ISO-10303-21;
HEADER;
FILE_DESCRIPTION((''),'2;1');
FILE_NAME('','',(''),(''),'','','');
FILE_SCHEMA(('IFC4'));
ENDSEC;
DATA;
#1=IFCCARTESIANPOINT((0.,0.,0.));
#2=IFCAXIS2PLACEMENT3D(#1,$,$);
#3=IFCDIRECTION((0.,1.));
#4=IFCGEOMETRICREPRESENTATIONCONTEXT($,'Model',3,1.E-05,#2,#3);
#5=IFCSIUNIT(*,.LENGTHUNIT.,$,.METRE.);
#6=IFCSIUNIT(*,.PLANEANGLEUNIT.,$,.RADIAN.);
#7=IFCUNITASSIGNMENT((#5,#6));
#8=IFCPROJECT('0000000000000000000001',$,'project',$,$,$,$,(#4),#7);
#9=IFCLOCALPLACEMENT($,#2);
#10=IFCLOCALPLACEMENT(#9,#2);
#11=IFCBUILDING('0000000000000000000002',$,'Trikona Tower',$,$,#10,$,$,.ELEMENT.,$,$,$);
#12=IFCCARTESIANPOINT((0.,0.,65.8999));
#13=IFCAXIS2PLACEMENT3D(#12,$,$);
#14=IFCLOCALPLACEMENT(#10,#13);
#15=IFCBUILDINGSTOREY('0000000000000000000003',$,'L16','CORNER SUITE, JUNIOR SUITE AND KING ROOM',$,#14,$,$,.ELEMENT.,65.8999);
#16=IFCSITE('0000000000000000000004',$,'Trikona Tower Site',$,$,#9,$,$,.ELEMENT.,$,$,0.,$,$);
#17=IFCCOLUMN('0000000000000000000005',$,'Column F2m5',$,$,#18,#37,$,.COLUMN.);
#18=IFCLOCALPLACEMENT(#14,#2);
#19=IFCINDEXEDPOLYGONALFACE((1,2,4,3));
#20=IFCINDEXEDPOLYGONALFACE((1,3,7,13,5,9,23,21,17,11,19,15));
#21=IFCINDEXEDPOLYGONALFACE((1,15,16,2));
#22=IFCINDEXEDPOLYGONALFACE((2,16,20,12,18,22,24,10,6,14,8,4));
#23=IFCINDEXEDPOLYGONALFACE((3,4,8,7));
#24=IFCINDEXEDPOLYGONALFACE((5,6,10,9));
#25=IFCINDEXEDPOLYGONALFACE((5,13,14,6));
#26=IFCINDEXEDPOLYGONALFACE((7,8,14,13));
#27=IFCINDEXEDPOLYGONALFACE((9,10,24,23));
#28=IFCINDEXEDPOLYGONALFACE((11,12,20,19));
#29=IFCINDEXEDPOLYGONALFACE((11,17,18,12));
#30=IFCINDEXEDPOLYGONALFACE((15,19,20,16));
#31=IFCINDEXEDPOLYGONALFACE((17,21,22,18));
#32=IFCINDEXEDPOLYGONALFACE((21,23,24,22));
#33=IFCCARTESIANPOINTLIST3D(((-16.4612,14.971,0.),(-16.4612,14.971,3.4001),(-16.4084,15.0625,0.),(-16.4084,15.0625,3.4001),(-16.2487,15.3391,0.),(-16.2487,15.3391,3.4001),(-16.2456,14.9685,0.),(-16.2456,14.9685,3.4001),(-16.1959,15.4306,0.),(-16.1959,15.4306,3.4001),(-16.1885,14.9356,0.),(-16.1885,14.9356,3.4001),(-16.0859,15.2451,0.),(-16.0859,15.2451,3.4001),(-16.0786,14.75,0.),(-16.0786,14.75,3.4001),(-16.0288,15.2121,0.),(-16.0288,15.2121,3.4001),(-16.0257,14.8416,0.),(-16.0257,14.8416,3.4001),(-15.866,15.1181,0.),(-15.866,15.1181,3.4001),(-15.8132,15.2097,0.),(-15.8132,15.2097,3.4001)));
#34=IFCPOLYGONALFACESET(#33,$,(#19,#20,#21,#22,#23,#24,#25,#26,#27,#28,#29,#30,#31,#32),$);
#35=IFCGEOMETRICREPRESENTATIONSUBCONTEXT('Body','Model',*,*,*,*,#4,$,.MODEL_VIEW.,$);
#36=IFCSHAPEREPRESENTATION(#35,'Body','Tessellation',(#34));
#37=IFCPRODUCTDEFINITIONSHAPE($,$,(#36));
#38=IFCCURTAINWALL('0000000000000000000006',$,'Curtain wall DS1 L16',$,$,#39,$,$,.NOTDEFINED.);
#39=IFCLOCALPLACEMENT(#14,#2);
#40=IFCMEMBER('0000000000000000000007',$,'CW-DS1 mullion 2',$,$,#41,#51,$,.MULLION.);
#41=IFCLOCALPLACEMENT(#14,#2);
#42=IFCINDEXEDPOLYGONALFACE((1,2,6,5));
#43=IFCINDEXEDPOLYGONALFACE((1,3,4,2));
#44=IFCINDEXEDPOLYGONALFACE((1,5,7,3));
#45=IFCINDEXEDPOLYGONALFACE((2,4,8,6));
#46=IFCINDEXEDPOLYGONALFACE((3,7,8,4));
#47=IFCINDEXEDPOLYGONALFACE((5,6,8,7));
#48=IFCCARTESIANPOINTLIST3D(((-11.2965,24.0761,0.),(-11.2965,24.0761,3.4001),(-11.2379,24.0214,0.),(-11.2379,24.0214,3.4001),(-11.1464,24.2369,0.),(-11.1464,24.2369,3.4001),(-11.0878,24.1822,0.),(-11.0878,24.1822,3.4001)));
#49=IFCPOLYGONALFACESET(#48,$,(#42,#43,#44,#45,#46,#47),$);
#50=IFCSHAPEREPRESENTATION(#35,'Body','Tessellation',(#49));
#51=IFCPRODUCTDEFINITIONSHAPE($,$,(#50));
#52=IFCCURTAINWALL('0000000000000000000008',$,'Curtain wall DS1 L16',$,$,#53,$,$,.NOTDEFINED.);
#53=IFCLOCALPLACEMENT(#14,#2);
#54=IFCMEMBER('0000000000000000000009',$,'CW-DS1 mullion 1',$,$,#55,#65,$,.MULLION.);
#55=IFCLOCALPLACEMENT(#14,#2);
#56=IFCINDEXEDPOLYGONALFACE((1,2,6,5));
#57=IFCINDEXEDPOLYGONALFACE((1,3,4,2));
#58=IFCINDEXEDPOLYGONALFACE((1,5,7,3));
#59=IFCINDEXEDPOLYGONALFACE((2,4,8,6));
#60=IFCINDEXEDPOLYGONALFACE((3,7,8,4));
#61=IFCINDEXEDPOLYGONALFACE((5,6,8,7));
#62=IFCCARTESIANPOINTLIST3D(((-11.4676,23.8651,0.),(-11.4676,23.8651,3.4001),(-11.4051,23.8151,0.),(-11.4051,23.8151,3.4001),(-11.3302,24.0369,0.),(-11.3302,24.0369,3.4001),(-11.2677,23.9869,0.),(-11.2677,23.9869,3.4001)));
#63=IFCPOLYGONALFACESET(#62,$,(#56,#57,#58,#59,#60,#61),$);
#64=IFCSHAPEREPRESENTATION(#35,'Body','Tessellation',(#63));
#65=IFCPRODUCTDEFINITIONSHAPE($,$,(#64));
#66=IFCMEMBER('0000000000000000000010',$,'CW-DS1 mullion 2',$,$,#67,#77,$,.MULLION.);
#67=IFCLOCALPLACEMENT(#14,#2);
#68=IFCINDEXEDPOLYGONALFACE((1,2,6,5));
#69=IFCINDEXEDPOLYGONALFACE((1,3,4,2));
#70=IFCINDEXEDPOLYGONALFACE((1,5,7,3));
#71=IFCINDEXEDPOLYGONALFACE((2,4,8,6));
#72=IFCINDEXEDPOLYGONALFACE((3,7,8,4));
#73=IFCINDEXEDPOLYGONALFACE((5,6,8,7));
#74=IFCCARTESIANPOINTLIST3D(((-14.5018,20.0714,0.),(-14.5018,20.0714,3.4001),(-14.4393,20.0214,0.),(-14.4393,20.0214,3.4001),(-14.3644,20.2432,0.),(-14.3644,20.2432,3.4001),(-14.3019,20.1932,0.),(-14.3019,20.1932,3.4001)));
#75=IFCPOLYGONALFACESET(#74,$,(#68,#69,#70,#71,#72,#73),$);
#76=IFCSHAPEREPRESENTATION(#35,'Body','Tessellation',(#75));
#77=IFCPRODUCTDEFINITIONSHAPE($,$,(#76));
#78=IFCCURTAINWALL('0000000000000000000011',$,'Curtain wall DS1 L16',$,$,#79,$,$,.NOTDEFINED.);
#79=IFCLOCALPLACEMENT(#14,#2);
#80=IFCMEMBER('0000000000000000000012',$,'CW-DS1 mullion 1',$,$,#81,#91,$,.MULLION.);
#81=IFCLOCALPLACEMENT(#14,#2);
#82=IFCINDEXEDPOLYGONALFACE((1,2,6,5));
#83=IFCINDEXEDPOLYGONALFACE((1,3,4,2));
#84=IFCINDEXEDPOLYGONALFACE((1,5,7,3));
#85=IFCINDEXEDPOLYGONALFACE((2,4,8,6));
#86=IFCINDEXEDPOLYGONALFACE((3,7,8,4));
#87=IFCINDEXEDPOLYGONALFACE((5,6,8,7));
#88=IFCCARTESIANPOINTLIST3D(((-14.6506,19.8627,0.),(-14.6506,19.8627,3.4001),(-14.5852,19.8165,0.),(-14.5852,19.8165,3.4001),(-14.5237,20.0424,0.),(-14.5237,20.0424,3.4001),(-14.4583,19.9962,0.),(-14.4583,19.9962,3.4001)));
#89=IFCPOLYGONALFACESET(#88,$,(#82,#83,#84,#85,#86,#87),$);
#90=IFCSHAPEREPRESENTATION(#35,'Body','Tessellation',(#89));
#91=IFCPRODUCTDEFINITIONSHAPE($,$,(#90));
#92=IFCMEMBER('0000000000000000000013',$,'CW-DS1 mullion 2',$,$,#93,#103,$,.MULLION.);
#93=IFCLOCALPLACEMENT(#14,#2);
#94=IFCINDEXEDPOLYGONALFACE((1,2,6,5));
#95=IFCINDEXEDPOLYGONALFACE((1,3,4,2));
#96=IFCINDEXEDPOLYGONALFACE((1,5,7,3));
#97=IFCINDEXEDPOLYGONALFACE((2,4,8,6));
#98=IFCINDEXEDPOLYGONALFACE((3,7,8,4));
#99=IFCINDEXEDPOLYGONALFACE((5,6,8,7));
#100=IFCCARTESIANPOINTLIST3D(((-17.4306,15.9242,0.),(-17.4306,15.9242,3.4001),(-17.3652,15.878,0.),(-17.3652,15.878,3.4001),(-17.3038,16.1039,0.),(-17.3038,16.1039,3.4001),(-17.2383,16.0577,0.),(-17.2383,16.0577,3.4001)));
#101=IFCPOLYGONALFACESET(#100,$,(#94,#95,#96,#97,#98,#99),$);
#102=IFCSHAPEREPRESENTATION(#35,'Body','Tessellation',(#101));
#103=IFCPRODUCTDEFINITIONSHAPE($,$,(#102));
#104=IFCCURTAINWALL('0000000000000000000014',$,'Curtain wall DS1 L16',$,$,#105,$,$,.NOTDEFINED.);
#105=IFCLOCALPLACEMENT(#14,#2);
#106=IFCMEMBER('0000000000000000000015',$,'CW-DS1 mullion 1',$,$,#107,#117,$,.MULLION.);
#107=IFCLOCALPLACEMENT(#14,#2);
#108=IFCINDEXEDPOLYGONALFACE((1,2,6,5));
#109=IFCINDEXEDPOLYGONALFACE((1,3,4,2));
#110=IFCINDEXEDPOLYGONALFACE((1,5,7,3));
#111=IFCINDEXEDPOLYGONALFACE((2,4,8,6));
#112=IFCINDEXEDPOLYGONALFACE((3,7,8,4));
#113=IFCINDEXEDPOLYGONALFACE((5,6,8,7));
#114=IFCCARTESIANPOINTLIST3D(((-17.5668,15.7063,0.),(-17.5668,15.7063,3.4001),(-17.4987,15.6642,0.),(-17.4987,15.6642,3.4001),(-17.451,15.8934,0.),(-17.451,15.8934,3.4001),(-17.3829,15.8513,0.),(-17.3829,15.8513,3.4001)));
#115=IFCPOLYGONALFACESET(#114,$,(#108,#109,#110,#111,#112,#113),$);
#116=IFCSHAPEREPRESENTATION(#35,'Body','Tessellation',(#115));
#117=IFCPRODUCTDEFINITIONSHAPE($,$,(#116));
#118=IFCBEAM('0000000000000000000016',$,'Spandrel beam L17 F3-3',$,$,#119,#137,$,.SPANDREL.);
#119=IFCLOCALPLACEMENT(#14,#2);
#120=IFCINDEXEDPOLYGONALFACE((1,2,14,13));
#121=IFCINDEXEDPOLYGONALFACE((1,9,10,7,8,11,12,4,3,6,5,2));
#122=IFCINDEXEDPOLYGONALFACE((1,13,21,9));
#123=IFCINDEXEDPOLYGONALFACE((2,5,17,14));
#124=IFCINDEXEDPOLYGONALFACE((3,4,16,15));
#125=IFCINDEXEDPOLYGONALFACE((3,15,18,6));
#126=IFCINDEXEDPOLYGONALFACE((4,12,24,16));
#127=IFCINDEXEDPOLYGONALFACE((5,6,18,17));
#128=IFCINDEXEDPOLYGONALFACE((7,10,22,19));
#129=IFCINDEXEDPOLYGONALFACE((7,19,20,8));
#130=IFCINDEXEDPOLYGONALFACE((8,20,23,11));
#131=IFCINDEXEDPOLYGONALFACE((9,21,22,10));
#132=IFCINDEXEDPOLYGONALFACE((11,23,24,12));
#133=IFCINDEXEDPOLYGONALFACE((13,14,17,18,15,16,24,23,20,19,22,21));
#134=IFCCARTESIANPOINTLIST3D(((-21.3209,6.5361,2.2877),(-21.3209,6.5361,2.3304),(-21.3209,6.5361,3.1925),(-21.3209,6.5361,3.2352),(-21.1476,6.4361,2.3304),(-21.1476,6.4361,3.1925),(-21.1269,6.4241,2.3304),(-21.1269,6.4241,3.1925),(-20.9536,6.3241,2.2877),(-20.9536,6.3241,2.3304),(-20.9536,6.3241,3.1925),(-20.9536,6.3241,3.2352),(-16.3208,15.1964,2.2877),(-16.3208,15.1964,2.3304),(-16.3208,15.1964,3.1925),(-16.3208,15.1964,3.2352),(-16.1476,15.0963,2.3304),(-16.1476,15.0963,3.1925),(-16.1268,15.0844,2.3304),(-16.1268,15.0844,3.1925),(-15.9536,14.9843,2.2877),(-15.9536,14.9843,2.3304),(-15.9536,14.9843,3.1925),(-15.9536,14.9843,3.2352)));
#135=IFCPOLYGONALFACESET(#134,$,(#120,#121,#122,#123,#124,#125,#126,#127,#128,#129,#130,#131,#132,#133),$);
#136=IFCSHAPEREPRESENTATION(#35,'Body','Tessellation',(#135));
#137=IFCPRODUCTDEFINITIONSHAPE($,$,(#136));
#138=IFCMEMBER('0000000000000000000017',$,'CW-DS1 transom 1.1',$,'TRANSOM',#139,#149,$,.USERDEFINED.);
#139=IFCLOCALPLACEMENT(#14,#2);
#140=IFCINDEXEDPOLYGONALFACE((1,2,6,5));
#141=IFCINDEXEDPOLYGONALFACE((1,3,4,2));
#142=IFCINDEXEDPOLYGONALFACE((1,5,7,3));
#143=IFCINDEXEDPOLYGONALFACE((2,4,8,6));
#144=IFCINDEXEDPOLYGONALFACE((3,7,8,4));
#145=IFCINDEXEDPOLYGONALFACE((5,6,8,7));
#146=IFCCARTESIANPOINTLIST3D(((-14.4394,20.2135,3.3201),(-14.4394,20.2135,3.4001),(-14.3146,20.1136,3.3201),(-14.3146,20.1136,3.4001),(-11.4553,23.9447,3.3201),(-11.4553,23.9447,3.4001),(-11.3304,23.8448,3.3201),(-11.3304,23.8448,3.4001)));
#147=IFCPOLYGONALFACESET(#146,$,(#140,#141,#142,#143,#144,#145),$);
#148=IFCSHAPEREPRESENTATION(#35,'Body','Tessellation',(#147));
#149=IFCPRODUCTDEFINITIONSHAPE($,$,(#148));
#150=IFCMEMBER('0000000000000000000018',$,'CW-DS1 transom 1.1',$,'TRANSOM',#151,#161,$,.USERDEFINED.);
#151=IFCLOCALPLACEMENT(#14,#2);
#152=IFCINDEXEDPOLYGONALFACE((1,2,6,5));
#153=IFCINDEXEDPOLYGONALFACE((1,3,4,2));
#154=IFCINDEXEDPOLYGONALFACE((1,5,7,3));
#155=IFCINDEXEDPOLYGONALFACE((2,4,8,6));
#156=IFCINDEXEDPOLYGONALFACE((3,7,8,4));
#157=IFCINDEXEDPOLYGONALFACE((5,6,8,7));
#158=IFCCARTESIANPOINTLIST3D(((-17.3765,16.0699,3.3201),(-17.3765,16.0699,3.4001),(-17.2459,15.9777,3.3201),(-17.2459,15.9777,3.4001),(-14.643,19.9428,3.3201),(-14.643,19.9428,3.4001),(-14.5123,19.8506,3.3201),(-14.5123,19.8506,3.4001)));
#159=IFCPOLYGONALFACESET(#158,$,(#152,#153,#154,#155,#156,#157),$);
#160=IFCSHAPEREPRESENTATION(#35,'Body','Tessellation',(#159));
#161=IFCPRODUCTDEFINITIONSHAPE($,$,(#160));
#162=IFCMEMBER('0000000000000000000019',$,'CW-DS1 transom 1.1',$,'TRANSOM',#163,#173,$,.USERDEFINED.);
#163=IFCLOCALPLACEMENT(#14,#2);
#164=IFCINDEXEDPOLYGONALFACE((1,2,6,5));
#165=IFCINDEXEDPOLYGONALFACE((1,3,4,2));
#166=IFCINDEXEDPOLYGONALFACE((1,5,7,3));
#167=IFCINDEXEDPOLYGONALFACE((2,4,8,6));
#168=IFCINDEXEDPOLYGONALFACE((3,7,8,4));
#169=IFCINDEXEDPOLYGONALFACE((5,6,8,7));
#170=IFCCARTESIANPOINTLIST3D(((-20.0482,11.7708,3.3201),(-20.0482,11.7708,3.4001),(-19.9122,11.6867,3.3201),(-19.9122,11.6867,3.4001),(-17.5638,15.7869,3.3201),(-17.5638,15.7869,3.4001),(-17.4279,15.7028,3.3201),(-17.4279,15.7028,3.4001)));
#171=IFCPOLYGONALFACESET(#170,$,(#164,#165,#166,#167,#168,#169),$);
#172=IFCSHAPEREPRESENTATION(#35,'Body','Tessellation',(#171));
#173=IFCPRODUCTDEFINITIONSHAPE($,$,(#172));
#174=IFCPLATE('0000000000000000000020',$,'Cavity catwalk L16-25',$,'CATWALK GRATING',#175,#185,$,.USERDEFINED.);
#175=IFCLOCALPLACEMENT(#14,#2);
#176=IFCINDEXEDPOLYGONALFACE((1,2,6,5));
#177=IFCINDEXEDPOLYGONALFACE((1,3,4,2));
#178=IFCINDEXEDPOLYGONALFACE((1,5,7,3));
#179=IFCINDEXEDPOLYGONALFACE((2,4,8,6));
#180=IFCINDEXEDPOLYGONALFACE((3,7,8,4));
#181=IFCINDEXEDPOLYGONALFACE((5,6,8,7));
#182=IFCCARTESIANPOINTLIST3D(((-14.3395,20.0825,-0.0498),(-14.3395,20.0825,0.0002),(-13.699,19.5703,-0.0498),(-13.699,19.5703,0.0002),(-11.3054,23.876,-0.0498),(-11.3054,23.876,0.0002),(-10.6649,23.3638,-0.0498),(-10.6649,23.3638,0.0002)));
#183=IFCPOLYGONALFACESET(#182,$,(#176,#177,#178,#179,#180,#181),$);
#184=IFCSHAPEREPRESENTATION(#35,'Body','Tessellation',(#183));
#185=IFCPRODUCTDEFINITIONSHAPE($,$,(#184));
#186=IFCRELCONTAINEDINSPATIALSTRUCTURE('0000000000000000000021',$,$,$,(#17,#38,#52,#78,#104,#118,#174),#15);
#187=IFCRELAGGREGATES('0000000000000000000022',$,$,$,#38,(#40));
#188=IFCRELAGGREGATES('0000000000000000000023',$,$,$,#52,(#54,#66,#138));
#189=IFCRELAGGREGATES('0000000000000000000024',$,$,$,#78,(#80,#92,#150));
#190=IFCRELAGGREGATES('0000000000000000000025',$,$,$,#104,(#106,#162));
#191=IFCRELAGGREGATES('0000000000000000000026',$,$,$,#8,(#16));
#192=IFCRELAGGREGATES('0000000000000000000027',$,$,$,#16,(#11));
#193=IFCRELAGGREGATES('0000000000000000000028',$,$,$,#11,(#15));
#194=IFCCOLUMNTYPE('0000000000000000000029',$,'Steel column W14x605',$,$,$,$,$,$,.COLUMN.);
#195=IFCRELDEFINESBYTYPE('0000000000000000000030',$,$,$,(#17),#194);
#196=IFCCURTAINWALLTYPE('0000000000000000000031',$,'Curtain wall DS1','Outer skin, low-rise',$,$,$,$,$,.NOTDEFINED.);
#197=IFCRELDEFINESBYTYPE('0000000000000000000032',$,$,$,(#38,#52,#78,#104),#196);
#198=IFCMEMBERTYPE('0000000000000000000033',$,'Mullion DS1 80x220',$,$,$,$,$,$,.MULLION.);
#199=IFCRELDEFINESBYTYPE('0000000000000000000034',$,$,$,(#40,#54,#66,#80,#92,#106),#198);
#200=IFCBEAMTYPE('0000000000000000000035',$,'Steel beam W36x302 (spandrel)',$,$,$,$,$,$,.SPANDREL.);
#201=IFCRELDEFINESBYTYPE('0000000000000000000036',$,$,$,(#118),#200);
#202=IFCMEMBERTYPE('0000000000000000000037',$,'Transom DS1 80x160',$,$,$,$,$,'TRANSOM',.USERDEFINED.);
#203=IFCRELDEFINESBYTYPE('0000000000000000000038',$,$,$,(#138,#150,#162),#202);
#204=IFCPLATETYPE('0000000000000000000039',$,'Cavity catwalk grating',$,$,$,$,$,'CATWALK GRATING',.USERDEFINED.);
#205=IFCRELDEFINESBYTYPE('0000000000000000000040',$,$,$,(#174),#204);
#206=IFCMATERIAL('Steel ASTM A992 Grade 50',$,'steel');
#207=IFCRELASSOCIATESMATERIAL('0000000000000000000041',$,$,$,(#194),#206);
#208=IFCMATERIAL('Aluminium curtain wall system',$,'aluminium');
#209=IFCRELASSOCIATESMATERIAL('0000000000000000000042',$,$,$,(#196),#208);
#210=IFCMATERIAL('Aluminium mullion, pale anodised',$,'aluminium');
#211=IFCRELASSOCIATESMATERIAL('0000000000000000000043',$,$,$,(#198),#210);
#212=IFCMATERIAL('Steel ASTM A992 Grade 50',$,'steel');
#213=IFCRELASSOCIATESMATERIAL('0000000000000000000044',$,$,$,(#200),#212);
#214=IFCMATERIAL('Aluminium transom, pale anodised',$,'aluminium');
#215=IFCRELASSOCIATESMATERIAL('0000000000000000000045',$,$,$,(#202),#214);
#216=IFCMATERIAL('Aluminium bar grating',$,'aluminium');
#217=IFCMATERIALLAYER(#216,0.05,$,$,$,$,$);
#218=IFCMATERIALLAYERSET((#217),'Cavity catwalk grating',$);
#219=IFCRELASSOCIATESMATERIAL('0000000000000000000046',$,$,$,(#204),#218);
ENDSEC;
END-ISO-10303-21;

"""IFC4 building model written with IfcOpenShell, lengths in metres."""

from ifc_helpers import new_model, si_unit, direction, frame, origin, origin_2d, place, context, subcontext, project, spatial, rectangle, i_section, extrude, material, layer, layer_set, material_profile, profile_set, type_object, element, aggregate, save


model = new_model("IFC4")

# Units and contexts
model_context = context("Model", 3, precision=1e-05, world=origin(), true_north=direction((0.0, 1.0)))
body_context = subcontext(model_context, "Body", "Model", "MODEL_VIEW")
ifc_project = project(units=[si_unit("LENGTHUNIT", "METRE"), si_unit("PLANEANGLEUNIT", "RADIAN")], contexts=[model_context])

# Site, building, storey
site_placement = place(None, origin())
site = spatial("IfcSite", under=ifc_project, at=site_placement, Name="Trikona Tower Site", CompositionType="ELEMENT", RefElevation=0.0)
building_placement = place(site_placement, origin())
building = spatial("IfcBuilding", under=site, at=building_placement, Name="Trikona Tower", CompositionType="ELEMENT")
storey_placement = place(building_placement, frame((0.0, 0.0, 65.8999)))
storey = spatial("IfcBuildingStorey", under=building, at=storey_placement, Name="L16", Description="CORNER SUITE, JUNIOR SUITE AND KING ROOM", CompositionType="ELEMENT", Elevation=65.8999)

# Column
ifc_material_1 = material(Name="Steel ASTM A992 Grade 50", Category="steel")
ifc_material_profile_1 = material_profile(ifc_material_1, i_section(OverallWidth=0.4419, OverallDepth=0.5308, WebThickness=0.0659, FlangeThickness=0.1057, at=origin_2d()), Name="W14X605")
ifc_profile_set_1 = profile_set([ifc_material_profile_1], Name="Steel ASTM A992 Grade 50")
column_type = type_object("IfcColumnType", Name="Steel column W14x605", PredefinedType="COLUMN", material=ifc_profile_set_1)
column_placement = place(storey_placement, frame((-16.1372, 15.0903, 0.0), z_axis=(0.0, 0.0, 1.0), x_axis=(-0.866025, 0.5, 0.0)))
element("IfcColumn", 1, at=column_placement, inside=storey, type_object=column_type, Name="Column F2m5", PredefinedType="COLUMN", context=body_context, shape_type="SweptSolid", body=[
    extrude(i_section(OverallWidth=0.4419, OverallDepth=0.5308, WebThickness=0.0659, FlangeThickness=0.1057, at=origin_2d()), origin(), (0.0, 0.0, 1.0), 3.4001),
])

# Curtain wall, member
ifc_material_2 = material(Name="Aluminium curtain wall system", Category="aluminium")
curtain_wall_type = type_object("IfcCurtainWallType", Name="Curtain wall DS1", Description="Outer skin, low-rise", PredefinedType="NOTDEFINED", material=ifc_material_2)
curtain_wall_1_placement = place(storey_placement, origin())
curtain_wall_1 = element("IfcCurtainWall", 2, at=curtain_wall_1_placement, inside=storey, type_object=curtain_wall_type, Name="Curtain wall DS1 L16", PredefinedType="NOTDEFINED")
ifc_material_3 = material(Name="Aluminium mullion, pale anodised", Category="aluminium")
ifc_material_profile_2 = material_profile(ifc_material_3, rectangle(XDim=0.0801, YDim=0.22, at=origin_2d()), Name="MUL-DS1")
ifc_profile_set_2 = profile_set([ifc_material_profile_2], Name="Aluminium mullion, pale anodised")
member_type_1 = type_object("IfcMemberType", Name="Mullion DS1 80x220", PredefinedType="MULLION", material=ifc_profile_set_2)
member_1_placement = place(storey_placement, frame((-11.1921, 24.1292, 0.0), z_axis=(0.0, 0.0, 1.0), x_axis=(0.731077, -0.682295, 0.0)))
member_1 = element("IfcMember", 3, at=member_1_placement, type_object=member_type_1, Name="CW-DS1 mullion 2", PredefinedType="MULLION", context=body_context, shape_type="SweptSolid", body=[
    extrude(rectangle(XDim=0.0801, YDim=0.22, at=origin_2d()), origin(), (0.0, 0.0, 1.0), 3.4001),
])
aggregate(curtain_wall_1, [member_1])

# Curtain walls, members
curtain_wall_2_placement = place(storey_placement, origin())
curtain_wall_2 = element("IfcCurtainWall", 4, at=curtain_wall_2_placement, inside=storey, type_object=curtain_wall_type, Name="Curtain wall DS1 L16", PredefinedType="NOTDEFINED")
member_2_placement = place(storey_placement, frame((-11.3677, 23.926, 0.0), z_axis=(0.0, 0.0, 1.0), x_axis=(0.780938, -0.624609, 0.0)))
member_2 = element("IfcMember", 5, at=member_2_placement, type_object=member_type_1, Name="CW-DS1 mullion 1", PredefinedType="MULLION", context=body_context, shape_type="SweptSolid", body=[
    extrude(rectangle(XDim=0.0801, YDim=0.22, at=origin_2d()), origin(), (0.0, 0.0, 1.0), 3.4001),
])
member_3_placement = place(storey_placement, frame((-14.4019, 20.1323, 0.0), z_axis=(0.0, 0.0, 1.0), x_axis=(0.780938, -0.624609, 0.0)))
member_3 = element("IfcMember", 6, at=member_3_placement, type_object=member_type_1, Name="CW-DS1 mullion 2", PredefinedType="MULLION", context=body_context, shape_type="SweptSolid", body=[
    extrude(rectangle(XDim=0.0801, YDim=0.22, at=origin_2d()), origin(), (0.0, 0.0, 1.0), 3.4001),
])
curtain_wall_3_placement = place(storey_placement, origin())
curtain_wall_3 = element("IfcCurtainWall", 7, at=curtain_wall_3_placement, inside=storey, type_object=curtain_wall_type, Name="Curtain wall DS1 L16", PredefinedType="NOTDEFINED")
member_4_placement = place(storey_placement, frame((-14.5544, 19.9294, 0.0), z_axis=(0.0, 0.0, 1.0), x_axis=(0.816985, -0.576658, 0.0)))
member_4 = element("IfcMember", 8, at=member_4_placement, type_object=member_type_1, Name="CW-DS1 mullion 1", PredefinedType="MULLION", context=body_context, shape_type="SweptSolid", body=[
    extrude(rectangle(XDim=0.0801, YDim=0.22, at=origin_2d()), origin(), (0.0, 0.0, 1.0), 3.4001),
])
member_5_placement = place(storey_placement, frame((-17.3345, 15.991, 0.0), z_axis=(0.0, 0.0, 1.0), x_axis=(0.816985, -0.576658, 0.0)))
member_5 = element("IfcMember", 9, at=member_5_placement, type_object=member_type_1, Name="CW-DS1 mullion 2", PredefinedType="MULLION", context=body_context, shape_type="SweptSolid", body=[
    extrude(rectangle(XDim=0.0801, YDim=0.22, at=origin_2d()), origin(), (0.0, 0.0, 1.0), 3.4001),
])

# Curtain wall, member
curtain_wall_4_placement = place(storey_placement, origin())
curtain_wall_4 = element("IfcCurtainWall", 10, at=curtain_wall_4_placement, inside=storey, type_object=curtain_wall_type, Name="Curtain wall DS1 L16", PredefinedType="NOTDEFINED")
member_6_placement = place(storey_placement, frame((-17.4749, 15.7788, 0.0), z_axis=(0.0, 0.0, 1.0), x_axis=(0.85041, -0.52612, 0.0)))
member_6 = element("IfcMember", 11, at=member_6_placement, type_object=member_type_1, Name="CW-DS1 mullion 1", PredefinedType="MULLION", context=body_context, shape_type="SweptSolid", body=[
    extrude(rectangle(XDim=0.0801, YDim=0.22, at=origin_2d()), origin(), (0.0, 0.0, 1.0), 3.4001),
])

# Beam
ifc_material_4 = material(Name="Steel ASTM A992 Grade 50", Category="steel")
ifc_material_profile_3 = material_profile(ifc_material_4, i_section(OverallWidth=0.4241, OverallDepth=0.9475, WebThickness=0.0239, FlangeThickness=0.0427, at=origin_2d()), Name="W36X302")
ifc_profile_set_3 = profile_set([ifc_material_profile_3], Name="Steel ASTM A992 Grade 50")
beam_type = type_object("IfcBeamType", Name="Steel beam W36x302 (spandrel)", PredefinedType="SPANDREL", material=ifc_profile_set_3)
beam_placement = place(storey_placement, frame((-16.1372, 15.0903, 2.7615), z_axis=(-0.500004, -0.866023, 0.0), x_axis=(0.866023, -0.500004, 0.0)))
element("IfcBeam", 12, at=beam_placement, inside=storey, type_object=beam_type, Name="Spandrel beam L17 F3-3", PredefinedType="SPANDREL", context=body_context, shape_type="SweptSolid", body=[
    extrude(i_section(OverallWidth=0.4241, OverallDepth=0.9475, WebThickness=0.0239, FlangeThickness=0.0427, at=origin_2d()), origin(), (0.0, 0.0, 1.0), 10.0),
])

# Members
ifc_material_5 = material(Name="Aluminium transom, pale anodised", Category="aluminium")
ifc_material_profile_4 = material_profile(ifc_material_5, rectangle(XDim=0.1599, YDim=0.0801, at=origin_2d()), Name="TRN-DS1")
ifc_profile_set_4 = profile_set([ifc_material_profile_4], Name="Aluminium transom, pale anodised")
member_type_2 = type_object("IfcMemberType", Name="Transom DS1 80x160", ElementType="TRANSOM", PredefinedType="USERDEFINED", material=ifc_profile_set_4)
member_7_placement = place(storey_placement, frame((-11.3928, 23.8948, 3.3601), z_axis=(-0.624589, -0.780954, 0.0), x_axis=(0.780954, -0.624589, 0.0)))
member_7 = element("IfcMember", 13, at=member_7_placement, type_object=member_type_2, Name="CW-DS1 transom 1.1", ObjectType="TRANSOM", PredefinedType="USERDEFINED", context=body_context, shape_type="SweptSolid", body=[
    extrude(rectangle(XDim=0.1599, YDim=0.0801, at=origin_2d()), origin(), (0.0, 0.0, 1.0), 4.7778),
])
member_8_placement = place(storey_placement, frame((-14.5776, 19.8967, 3.3601), z_axis=(-0.576645, -0.816995, 0.0), x_axis=(0.816995, -0.576645, 0.0)))
member_8 = element("IfcMember", 14, at=member_8_placement, type_object=member_type_2, Name="CW-DS1 transom 1.1", ObjectType="TRANSOM", PredefinedType="USERDEFINED", context=body_context, shape_type="SweptSolid", body=[
    extrude(rectangle(XDim=0.1599, YDim=0.0801, at=origin_2d()), origin(), (0.0, 0.0, 1.0), 4.7405),
])
member_9_placement = place(storey_placement, frame((-17.4958, 15.7449, 3.3601), z_axis=(-0.526081, -0.850435, 0.0), x_axis=(0.850435, -0.526081, 0.0)))
member_9 = element("IfcMember", 15, at=member_9_placement, type_object=member_type_2, Name="CW-DS1 transom 1.1", ObjectType="TRANSOM", PredefinedType="USERDEFINED", context=body_context, shape_type="SweptSolid", body=[
    extrude(rectangle(XDim=0.1599, YDim=0.0801, at=origin_2d()), origin(), (0.0, 0.0, 1.0), 4.7224),
])

# Plate
ifc_material_6 = material(Name="Aluminium bar grating", Category="aluminium")
ifc_layer_1 = layer(ifc_material_6, 0.05)
ifc_layer_set_1 = layer_set([ifc_layer_1], Name="Cavity catwalk grating")
plate_type_1 = type_object("IfcPlateType", Name="Cavity catwalk grating", ElementType="CATWALK GRATING", PredefinedType="USERDEFINED", material=ifc_layer_set_1)
plate_1_placement = place(storey_placement, frame((-12.5022, 21.7231, -0.0498), z_axis=(0.0, 0.0, 1.0), x_axis=(-0.624604, -0.780942, 0.0)))
element("IfcPlate", 16, at=plate_1_placement, inside=storey, type_object=plate_type_1, Name="Cavity catwalk L16-25", ObjectType="CATWALK GRATING", PredefinedType="USERDEFINED", context=body_context, shape_type="SweptSolid", body=[
    extrude(rectangle(XDim=4.8577, YDim=0.8201, at=origin_2d()), origin(), (0.0, 0.0, 1.0), 0.05),
])

aggregate(curtain_wall_2, [member_2, member_3, member_7])
aggregate(curtain_wall_3, [member_4, member_5, member_8])
aggregate(curtain_wall_4, [member_6, member_9])

save(model, "model.ifc")
